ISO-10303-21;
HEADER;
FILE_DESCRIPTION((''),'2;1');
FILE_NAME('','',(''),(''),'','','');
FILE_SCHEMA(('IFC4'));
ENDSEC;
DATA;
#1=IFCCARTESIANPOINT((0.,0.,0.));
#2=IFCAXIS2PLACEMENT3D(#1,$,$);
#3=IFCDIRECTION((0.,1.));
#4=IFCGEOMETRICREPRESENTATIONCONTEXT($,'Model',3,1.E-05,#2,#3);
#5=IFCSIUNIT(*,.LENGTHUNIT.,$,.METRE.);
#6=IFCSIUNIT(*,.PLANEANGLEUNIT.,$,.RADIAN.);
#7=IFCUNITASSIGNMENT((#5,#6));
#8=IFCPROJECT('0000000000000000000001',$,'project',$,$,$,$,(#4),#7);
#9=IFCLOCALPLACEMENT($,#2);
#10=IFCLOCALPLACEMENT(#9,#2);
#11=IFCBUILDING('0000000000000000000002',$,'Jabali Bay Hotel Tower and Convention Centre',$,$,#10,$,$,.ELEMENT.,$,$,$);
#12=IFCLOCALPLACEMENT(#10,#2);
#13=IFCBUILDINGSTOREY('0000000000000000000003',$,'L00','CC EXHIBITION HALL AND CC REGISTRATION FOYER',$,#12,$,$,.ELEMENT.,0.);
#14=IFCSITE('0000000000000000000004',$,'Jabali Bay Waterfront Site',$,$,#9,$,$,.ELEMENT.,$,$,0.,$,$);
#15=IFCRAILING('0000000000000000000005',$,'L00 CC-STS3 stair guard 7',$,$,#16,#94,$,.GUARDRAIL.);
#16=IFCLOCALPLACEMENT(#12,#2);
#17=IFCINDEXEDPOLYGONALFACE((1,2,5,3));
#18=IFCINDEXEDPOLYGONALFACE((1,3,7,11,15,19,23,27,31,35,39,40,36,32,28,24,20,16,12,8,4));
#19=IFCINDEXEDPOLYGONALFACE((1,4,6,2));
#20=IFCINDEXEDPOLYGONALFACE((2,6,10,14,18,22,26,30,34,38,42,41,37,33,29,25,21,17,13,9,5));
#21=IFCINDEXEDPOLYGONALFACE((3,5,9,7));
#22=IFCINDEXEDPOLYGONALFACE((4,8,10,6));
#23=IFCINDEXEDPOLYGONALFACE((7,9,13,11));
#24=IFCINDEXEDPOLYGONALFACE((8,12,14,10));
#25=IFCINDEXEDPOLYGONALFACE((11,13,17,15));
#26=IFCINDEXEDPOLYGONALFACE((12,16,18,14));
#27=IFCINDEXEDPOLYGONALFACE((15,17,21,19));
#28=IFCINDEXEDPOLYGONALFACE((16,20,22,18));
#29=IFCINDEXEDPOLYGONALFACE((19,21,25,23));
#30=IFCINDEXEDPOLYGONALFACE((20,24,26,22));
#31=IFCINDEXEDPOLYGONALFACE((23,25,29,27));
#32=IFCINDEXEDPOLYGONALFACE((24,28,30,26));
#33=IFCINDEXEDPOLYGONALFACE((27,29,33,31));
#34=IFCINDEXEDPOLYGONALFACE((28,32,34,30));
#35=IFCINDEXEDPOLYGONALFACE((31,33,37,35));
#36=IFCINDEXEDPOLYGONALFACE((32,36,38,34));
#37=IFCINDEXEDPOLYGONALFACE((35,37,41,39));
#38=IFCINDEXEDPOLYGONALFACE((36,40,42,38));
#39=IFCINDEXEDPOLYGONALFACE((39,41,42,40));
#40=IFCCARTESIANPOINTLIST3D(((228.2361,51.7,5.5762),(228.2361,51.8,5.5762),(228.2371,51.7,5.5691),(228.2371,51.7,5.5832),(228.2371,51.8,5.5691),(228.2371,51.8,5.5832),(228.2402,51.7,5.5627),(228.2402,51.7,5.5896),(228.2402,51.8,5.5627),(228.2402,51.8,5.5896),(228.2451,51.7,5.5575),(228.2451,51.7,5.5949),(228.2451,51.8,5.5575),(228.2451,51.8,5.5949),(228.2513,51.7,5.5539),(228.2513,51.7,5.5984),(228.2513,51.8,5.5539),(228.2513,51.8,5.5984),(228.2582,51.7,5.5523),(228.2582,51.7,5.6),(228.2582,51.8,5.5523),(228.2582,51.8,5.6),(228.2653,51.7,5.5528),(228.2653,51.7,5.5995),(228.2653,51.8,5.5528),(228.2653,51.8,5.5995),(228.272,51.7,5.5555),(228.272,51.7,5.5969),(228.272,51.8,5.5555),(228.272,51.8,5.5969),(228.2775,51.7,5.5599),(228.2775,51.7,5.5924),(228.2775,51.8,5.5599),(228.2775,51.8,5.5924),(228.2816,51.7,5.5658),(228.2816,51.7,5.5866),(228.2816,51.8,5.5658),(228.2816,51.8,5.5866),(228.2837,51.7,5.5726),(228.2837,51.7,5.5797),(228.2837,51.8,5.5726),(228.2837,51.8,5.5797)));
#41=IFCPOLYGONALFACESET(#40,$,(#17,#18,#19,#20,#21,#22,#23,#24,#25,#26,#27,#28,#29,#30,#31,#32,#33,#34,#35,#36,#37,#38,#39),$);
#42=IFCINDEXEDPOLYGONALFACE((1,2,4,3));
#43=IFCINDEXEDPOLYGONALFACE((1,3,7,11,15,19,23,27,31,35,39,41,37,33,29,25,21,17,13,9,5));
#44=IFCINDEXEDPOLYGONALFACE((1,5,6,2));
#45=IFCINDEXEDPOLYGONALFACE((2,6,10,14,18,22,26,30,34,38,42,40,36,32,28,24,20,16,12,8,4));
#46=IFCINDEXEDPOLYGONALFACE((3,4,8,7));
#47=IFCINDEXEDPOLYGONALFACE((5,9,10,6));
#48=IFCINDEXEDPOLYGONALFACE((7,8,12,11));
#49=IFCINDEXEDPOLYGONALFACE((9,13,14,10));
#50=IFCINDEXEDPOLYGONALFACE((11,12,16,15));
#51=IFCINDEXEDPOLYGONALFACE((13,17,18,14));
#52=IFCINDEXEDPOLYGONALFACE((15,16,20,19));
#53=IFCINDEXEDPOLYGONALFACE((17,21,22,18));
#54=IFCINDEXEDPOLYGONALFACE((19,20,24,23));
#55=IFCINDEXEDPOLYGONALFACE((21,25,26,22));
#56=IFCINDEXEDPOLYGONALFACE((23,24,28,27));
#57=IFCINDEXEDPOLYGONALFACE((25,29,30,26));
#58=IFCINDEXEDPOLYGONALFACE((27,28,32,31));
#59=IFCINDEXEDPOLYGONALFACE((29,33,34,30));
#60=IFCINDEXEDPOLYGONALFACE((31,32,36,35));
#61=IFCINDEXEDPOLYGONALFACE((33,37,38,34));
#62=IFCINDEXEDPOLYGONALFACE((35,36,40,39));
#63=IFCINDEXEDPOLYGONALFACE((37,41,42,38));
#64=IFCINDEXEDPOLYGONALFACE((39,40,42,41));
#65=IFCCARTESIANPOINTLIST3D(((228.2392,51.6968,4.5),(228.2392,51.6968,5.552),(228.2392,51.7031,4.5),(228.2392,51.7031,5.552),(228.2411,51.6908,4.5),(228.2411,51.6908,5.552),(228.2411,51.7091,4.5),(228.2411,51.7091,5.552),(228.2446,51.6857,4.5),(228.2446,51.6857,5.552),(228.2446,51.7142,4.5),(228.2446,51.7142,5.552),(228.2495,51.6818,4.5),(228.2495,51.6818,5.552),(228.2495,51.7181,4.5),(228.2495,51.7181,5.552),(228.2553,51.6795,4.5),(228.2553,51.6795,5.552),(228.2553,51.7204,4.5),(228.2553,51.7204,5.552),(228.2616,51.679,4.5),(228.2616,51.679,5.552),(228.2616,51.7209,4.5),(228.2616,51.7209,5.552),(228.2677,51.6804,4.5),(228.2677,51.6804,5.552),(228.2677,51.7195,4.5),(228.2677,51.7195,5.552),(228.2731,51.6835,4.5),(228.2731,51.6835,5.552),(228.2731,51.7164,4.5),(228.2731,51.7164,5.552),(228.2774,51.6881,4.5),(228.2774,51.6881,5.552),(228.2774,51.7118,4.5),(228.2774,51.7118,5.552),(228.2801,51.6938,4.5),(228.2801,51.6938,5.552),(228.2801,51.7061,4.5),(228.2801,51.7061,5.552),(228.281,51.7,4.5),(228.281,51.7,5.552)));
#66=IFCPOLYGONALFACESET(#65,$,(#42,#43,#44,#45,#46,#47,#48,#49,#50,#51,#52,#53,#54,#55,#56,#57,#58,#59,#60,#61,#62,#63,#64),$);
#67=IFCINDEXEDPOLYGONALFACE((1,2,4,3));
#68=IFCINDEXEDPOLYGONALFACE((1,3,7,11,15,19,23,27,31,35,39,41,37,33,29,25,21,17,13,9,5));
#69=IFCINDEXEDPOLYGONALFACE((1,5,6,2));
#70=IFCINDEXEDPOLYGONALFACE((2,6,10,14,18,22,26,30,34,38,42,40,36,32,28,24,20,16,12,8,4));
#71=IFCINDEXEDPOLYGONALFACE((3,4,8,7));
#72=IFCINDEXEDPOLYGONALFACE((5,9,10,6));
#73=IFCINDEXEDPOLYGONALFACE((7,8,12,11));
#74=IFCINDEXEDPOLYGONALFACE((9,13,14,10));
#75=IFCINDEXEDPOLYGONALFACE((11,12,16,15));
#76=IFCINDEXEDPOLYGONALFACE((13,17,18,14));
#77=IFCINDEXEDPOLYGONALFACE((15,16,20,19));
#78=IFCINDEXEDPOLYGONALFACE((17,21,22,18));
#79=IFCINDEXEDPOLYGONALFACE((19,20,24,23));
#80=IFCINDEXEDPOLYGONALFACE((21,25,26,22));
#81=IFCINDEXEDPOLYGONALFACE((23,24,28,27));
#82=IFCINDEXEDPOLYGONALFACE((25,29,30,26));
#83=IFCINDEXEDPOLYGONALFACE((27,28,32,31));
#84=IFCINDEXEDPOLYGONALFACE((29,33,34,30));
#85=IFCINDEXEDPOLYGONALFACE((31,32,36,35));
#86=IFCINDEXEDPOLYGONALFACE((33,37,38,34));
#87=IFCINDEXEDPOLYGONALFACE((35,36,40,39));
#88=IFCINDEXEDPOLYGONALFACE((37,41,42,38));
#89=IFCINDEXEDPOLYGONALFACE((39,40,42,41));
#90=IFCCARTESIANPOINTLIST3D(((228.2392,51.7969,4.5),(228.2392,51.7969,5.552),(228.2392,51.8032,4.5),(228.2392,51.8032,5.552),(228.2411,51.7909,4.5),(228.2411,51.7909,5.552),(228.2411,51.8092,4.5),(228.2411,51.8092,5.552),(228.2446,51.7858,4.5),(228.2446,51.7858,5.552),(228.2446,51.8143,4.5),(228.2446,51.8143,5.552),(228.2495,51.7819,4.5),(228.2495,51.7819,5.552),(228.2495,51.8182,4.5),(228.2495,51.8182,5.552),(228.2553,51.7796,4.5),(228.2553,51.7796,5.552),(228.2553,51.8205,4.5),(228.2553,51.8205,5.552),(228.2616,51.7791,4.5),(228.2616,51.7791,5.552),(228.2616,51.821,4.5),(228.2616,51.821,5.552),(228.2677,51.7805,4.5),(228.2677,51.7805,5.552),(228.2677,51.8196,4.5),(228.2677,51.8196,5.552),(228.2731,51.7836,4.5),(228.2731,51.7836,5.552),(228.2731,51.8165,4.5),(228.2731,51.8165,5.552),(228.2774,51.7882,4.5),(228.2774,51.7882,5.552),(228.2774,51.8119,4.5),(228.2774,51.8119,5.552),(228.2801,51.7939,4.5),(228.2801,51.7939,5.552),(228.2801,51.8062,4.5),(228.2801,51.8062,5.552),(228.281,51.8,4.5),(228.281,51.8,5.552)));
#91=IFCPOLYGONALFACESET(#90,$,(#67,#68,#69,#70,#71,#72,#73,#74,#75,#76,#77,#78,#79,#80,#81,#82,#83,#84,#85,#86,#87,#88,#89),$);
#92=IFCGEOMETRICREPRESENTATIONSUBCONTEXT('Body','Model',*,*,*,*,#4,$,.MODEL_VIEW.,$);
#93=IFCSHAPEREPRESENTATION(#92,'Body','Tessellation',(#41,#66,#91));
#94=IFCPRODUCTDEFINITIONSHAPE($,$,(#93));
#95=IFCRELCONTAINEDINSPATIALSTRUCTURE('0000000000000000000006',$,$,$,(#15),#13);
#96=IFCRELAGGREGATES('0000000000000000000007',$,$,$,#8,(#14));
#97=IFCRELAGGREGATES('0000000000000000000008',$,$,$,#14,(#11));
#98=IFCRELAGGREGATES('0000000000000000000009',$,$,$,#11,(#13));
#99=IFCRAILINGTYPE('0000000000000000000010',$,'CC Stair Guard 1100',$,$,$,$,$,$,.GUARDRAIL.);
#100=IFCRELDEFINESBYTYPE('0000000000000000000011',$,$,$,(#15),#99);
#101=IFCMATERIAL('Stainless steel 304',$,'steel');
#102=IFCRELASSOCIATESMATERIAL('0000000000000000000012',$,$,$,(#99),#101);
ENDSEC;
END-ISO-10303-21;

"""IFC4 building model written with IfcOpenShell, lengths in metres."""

from ifc_helpers import new_model, si_unit, direction, frame, origin, origin_2d, place, context, subcontext, project, spatial, circle, extrude, material, type_object, element, save


model = new_model("IFC4")

# Units and contexts
model_context = context("Model", 3, precision=1e-05, world=origin(), true_north=direction((0.0, 1.0)))
body_context = subcontext(model_context, "Body", "Model", "MODEL_VIEW")
ifc_project = project(units=[si_unit("LENGTHUNIT", "METRE"), si_unit("PLANEANGLEUNIT", "RADIAN")], contexts=[model_context])

# Site, building, storey
site_placement = place(None, origin())
site = spatial("IfcSite", under=ifc_project, at=site_placement, Name="Jabali Bay Waterfront Site", CompositionType="ELEMENT", RefElevation=0.0)
building_placement = place(site_placement, origin())
building = spatial("IfcBuilding", under=site, at=building_placement, Name="Jabali Bay Hotel Tower and Convention Centre", CompositionType="ELEMENT")
storey_placement = place(building_placement, origin())
storey = spatial("IfcBuildingStorey", under=building, at=storey_placement, Name="L00", Description="CC EXHIBITION HALL AND CC REGISTRATION FOYER", CompositionType="ELEMENT", Elevation=0.0)

# Railing
ifc_material_1 = material(Name="Stainless steel 304", Category="steel")
railing_type_1 = type_object("IfcRailingType", Name="CC Stair Guard 1100", PredefinedType="GUARDRAIL", material=ifc_material_1)
railing_1_placement = place(storey_placement, frame((228.26, 51.7, 4.5)))
element("IfcRailing", 1, at=railing_1_placement, inside=storey, type_object=railing_type_1, Name="L00 CC-STS3 stair guard 7", PredefinedType="GUARDRAIL", context=body_context, shape_type="SweptSolid", body=[
    extrude(circle(Radius=0.0239, at=origin_2d()), frame((0.0, 0.0, 1.0762), z_axis=(0.0, 1.0, 0.0), x_axis=(-1.0, 0.0, 0.0)), (0.0, 0.0, 1.0), 0.1001),
    extrude(circle(Radius=0.021, at=origin_2d()), origin(), (0.0, 0.0, 1.0), 1.052),
    extrude(circle(Radius=0.021, at=origin_2d()), frame((0.0, 0.1001, 0.0)), (0.0, 0.0, 1.0), 1.052),
])

save(model, "model.ifc")
